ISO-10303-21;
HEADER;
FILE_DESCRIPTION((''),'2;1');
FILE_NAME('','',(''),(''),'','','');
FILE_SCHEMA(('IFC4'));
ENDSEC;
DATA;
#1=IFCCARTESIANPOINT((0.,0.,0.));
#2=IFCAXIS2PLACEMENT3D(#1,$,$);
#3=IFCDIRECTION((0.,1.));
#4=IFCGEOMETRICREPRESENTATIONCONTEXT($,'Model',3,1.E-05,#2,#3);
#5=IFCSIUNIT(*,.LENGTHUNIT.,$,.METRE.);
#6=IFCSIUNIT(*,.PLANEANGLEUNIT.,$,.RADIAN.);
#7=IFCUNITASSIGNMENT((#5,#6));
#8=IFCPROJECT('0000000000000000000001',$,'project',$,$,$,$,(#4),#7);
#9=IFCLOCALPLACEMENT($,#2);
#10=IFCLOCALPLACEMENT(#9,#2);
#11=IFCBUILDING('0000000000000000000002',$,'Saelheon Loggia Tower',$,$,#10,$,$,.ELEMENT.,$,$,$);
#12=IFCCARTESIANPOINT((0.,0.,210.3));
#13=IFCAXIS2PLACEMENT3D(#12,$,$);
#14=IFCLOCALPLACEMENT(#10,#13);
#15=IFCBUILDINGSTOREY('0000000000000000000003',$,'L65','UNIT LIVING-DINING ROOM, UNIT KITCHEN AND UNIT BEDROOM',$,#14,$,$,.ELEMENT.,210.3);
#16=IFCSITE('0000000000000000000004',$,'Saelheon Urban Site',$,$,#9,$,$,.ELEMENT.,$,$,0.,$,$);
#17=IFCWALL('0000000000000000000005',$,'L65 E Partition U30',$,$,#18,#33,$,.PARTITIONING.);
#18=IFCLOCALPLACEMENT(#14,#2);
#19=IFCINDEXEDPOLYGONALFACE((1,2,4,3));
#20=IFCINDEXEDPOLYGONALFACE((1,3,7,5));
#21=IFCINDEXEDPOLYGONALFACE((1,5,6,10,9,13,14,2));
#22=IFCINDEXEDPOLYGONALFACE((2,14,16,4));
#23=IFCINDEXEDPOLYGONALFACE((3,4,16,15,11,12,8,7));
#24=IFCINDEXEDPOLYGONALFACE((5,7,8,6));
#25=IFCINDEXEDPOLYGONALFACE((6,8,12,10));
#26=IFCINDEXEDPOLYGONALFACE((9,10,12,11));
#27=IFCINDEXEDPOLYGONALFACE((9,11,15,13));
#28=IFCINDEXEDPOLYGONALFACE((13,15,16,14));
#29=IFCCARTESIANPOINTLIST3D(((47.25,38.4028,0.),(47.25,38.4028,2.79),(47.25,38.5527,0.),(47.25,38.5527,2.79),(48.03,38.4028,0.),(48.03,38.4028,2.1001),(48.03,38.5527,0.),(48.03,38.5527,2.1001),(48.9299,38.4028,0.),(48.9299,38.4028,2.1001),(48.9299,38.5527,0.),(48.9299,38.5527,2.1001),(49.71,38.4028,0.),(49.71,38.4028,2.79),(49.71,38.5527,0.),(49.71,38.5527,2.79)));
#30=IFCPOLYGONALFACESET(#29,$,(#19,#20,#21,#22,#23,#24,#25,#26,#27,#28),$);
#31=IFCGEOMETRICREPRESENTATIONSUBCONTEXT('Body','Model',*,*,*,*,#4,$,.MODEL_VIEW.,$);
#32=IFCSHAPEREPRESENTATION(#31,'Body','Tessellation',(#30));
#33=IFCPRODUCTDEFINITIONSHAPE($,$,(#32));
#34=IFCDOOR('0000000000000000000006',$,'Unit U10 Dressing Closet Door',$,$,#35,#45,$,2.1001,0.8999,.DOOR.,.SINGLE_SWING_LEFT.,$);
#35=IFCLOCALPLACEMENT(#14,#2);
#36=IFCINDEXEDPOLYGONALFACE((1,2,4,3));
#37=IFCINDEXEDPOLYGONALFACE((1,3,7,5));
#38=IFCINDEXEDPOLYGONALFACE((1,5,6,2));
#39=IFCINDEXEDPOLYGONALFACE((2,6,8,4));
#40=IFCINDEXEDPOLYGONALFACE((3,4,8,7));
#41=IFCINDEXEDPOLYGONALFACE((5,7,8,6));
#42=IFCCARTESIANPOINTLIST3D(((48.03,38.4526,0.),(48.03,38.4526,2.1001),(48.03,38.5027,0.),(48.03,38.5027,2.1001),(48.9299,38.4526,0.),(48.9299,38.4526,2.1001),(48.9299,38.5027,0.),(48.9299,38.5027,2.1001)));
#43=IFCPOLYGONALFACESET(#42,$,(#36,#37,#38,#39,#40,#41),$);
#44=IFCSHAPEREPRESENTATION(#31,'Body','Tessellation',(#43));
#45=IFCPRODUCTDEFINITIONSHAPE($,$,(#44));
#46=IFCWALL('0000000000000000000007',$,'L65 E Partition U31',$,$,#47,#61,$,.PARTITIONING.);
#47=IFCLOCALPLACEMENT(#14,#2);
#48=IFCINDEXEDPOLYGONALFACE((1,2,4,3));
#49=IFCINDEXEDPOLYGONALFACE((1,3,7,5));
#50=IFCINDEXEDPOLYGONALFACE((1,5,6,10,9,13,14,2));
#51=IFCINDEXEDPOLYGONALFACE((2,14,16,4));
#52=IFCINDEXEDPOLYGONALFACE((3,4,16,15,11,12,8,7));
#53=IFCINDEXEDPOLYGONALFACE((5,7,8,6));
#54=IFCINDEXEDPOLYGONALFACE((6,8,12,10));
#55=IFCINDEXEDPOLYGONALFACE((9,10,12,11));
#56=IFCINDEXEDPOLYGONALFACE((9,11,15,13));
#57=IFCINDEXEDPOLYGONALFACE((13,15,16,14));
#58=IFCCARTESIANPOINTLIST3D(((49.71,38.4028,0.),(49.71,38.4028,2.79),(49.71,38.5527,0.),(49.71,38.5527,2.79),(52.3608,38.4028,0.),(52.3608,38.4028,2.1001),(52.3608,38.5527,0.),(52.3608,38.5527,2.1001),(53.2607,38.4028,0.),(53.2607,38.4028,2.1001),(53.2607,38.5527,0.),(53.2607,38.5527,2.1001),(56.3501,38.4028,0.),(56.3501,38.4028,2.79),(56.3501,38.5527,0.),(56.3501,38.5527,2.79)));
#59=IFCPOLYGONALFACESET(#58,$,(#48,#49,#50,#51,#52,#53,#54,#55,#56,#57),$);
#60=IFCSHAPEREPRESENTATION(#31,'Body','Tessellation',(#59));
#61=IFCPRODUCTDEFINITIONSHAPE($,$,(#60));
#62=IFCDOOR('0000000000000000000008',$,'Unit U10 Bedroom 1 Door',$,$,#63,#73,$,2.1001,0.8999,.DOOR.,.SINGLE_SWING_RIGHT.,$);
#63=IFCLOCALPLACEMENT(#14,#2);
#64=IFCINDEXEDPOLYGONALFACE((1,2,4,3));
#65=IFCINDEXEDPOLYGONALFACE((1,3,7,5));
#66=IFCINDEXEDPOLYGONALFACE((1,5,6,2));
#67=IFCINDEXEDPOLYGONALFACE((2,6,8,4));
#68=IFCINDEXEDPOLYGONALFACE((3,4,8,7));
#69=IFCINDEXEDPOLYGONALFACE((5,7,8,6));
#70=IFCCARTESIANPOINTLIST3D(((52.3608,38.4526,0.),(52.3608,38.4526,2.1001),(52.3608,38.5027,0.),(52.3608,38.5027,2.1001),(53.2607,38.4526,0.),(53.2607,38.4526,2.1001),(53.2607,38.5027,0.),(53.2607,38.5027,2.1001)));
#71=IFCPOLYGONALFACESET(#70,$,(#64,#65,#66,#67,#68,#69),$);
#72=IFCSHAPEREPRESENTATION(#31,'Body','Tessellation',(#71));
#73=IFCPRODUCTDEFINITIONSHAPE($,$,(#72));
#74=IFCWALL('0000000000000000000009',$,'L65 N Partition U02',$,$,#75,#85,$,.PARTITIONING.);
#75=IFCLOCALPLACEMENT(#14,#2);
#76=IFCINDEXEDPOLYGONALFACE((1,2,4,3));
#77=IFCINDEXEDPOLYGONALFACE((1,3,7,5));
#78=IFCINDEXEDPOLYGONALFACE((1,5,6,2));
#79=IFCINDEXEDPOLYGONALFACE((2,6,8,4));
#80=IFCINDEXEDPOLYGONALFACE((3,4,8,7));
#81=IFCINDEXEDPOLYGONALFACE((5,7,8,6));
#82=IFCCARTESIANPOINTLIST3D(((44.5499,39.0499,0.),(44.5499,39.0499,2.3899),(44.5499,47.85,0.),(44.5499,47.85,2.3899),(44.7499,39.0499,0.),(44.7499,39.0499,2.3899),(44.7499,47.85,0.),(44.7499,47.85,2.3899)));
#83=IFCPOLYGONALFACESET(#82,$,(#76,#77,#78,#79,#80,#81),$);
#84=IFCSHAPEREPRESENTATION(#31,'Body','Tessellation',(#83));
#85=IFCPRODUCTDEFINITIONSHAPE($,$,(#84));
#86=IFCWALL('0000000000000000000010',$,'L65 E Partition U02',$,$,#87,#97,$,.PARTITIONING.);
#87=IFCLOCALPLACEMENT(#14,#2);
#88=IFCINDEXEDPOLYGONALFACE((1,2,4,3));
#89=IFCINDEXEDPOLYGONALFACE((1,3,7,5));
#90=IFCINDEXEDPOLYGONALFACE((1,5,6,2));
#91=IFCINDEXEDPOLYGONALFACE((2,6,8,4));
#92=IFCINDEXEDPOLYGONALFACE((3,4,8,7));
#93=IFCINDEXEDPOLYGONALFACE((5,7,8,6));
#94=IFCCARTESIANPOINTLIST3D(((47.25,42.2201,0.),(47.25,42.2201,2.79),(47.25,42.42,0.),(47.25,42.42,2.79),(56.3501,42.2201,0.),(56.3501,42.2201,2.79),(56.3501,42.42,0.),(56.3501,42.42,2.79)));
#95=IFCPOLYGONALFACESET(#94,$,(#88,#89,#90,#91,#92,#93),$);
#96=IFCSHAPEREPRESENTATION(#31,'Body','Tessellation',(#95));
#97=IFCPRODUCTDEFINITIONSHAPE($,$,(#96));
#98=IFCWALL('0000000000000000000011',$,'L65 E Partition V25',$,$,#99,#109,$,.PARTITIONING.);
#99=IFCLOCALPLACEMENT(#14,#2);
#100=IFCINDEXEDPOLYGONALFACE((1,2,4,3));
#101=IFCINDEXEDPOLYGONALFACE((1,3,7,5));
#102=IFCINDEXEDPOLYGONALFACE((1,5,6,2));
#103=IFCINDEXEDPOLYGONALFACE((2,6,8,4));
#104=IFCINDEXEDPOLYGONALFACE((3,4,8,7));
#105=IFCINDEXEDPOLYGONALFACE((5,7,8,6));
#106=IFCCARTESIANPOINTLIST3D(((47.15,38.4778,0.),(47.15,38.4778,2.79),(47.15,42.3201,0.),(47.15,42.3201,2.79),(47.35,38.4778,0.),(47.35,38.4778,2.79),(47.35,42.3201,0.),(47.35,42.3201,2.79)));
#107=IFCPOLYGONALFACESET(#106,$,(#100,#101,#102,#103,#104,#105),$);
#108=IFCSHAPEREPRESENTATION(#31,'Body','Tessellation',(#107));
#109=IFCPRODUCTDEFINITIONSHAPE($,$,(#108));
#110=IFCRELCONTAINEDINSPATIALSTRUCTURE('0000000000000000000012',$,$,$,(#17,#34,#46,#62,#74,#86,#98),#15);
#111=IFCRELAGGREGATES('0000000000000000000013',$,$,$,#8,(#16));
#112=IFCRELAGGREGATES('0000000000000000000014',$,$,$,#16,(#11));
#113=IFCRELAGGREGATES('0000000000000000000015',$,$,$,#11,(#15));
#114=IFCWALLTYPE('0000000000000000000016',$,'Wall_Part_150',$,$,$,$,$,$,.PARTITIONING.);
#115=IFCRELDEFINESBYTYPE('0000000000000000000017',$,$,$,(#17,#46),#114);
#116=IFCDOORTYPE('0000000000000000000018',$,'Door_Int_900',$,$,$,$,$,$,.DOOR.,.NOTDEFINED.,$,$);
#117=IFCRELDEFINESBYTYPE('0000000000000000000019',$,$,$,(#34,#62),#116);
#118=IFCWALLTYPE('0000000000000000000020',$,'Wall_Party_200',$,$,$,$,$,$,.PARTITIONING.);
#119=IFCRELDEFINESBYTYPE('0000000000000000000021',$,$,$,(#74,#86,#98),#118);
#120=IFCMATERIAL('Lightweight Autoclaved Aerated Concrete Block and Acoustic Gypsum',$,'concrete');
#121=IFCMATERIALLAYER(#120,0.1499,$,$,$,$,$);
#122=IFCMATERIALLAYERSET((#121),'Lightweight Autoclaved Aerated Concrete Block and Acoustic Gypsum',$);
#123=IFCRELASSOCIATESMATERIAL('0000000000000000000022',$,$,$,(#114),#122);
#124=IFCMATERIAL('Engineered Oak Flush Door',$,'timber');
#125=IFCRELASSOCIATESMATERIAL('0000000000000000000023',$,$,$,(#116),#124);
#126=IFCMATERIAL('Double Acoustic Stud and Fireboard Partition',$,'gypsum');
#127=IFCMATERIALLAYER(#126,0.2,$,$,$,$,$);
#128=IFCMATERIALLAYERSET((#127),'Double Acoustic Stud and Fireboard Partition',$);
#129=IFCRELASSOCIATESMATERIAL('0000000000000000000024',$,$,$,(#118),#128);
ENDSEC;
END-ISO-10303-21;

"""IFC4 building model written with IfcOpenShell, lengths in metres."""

from ifc_helpers import new_model, si_unit, direction, frame, frame_2d, origin, place, context, subcontext, project, spatial, rectangle, extrude, source, transform, mapped, material, layer, layer_set, type_object, element, fill, save


model = new_model("IFC4")

# Units and contexts
model_context = context("Model", 3, precision=1e-05, world=origin(), true_north=direction((0.0, 1.0)))
body_context = subcontext(model_context, "Body", "Model", "MODEL_VIEW")
ifc_project = project(units=[si_unit("LENGTHUNIT", "METRE"), si_unit("PLANEANGLEUNIT", "RADIAN")], contexts=[model_context])

# Site, building, storey
site_placement = place(None, origin())
site = spatial("IfcSite", under=ifc_project, at=site_placement, Name="Saelheon Urban Site", CompositionType="ELEMENT", RefElevation=0.0)
building_placement = place(site_placement, origin())
building = spatial("IfcBuilding", under=site, at=building_placement, Name="Saelheon Loggia Tower", CompositionType="ELEMENT")
storey_placement = place(building_placement, frame((0.0, 0.0, 210.3)))
storey = spatial("IfcBuildingStorey", under=building, at=storey_placement, Name="L65", Description="UNIT LIVING-DINING ROOM, UNIT KITCHEN AND UNIT BEDROOM", CompositionType="ELEMENT", Elevation=210.3)

# Shared definitions
ifc_material_1 = material(Name="Lightweight Autoclaved Aerated Concrete Block and Acoustic Gypsum", Category="concrete")
ifc_layer_1 = layer(ifc_material_1, 0.1499)
ifc_layer_set_1 = layer_set([ifc_layer_1], Name="Lightweight Autoclaved Aerated Concrete Block and Acoustic Gypsum")
wall_type_1 = type_object("IfcWallType", Name="Wall_Part_150", PredefinedType="PARTITIONING", material=ifc_layer_set_1)
ifc_material_2 = material(Name="Engineered Oak Flush Door", Category="timber")
door_type = type_object("IfcDoorType", Name="Door_Int_900", OperationType="NOTDEFINED", PredefinedType="DOOR", material=ifc_material_2)
shared_shape_1 = source(origin(), body_context, "Body", "SweptSolid", [
    extrude(rectangle(XDim=0.8999, YDim=2.1001, at=frame_2d((0.45, 1.05))), frame((0.0, 0.0249, 0.0), z_axis=(0.0, -1.0, 0.0), x_axis=(1.0, 0.0, 0.0)), (0.0, 0.0, 1.0), 0.05),
])

# Walls, openings, doors
wall_1_placement = place(storey_placement, frame((47.25, 38.4778, 0.0), z_axis=(0.0, 0.0, 1.0), x_axis=(1.0, 0.0, 0.0)))
wall_1 = element("IfcWall", 1, at=wall_1_placement, inside=storey, type_object=wall_type_1, Name="L65 E Partition U30", PredefinedType="PARTITIONING", context=body_context, shape_type="SweptSolid", body=[
    extrude(rectangle(XDim=2.46, YDim=0.1499, at=frame_2d((1.23, 0.0))), origin(), (0.0, 0.0, 1.0), 2.79),
])
opening_1_placement = place(wall_1_placement, frame((0.78, 0.0, 0.0)))
opening_1 = element("IfcOpeningElement", 2, at=opening_1_placement, cuts=wall_1, PredefinedType="OPENING", context=body_context, shape_type="SweptSolid", body=[
    extrude(rectangle(XDim=0.8999, YDim=2.1001, at=frame_2d((0.45, 1.05))), frame((0.0, 0.0869, 0.0), z_axis=(0.0, -1.0, 0.0), x_axis=(1.0, 0.0, 0.0)), (0.0, 0.0, 1.0), 0.1738),
])
door_1_placement = place(opening_1_placement, origin())
door_1 = element("IfcDoor", 3, at=door_1_placement, inside=storey, type_object=door_type, Name="Unit U10 Dressing Closet Door", OperationType="SINGLE_SWING_LEFT", OverallHeight=2.1001, OverallWidth=0.8999, PredefinedType="DOOR", context=body_context, shape_type="MappedRepresentation", body=[
    mapped(shared_shape_1, transform((0.0, 0.0, 0.0), scale=1.0)),
])
fill(opening_1, door_1)
wall_2_placement = place(storey_placement, frame((49.71, 38.4778, 0.0), z_axis=(0.0, 0.0, 1.0), x_axis=(1.0, 0.0, 0.0)))
wall_2 = element("IfcWall", 4, at=wall_2_placement, inside=storey, type_object=wall_type_1, Name="L65 E Partition U31", PredefinedType="PARTITIONING", context=body_context, shape_type="SweptSolid", body=[
    extrude(rectangle(XDim=6.6401, YDim=0.1499, at=frame_2d((3.3201, 0.0))), origin(), (0.0, 0.0, 1.0), 2.79),
])
opening_2_placement = place(wall_2_placement, frame((2.6509, 0.0, 0.0)))
opening_2 = element("IfcOpeningElement", 5, at=opening_2_placement, cuts=wall_2, PredefinedType="OPENING", context=body_context, shape_type="SweptSolid", body=[
    extrude(rectangle(XDim=0.8999, YDim=2.1001, at=frame_2d((0.45, 1.05))), frame((0.0, 0.0869, 0.0), z_axis=(0.0, -1.0, 0.0), x_axis=(1.0, 0.0, 0.0)), (0.0, 0.0, 1.0), 0.1738),
])
door_2_placement = place(opening_2_placement, origin())
door_2 = element("IfcDoor", 6, at=door_2_placement, inside=storey, type_object=door_type, Name="Unit U10 Bedroom 1 Door", OperationType="SINGLE_SWING_RIGHT", OverallHeight=2.1001, OverallWidth=0.8999, PredefinedType="DOOR", context=body_context, shape_type="MappedRepresentation", body=[
    mapped(shared_shape_1, transform((0.0, 0.0, 0.0), scale=1.0)),
])
fill(opening_2, door_2)

# Walls
ifc_material_3 = material(Name="Double Acoustic Stud and Fireboard Partition", Category="gypsum")
ifc_layer_2 = layer(ifc_material_3, 0.2)
ifc_layer_set_2 = layer_set([ifc_layer_2], Name="Double Acoustic Stud and Fireboard Partition")
wall_type_2 = type_object("IfcWallType", Name="Wall_Party_200", PredefinedType="PARTITIONING", material=ifc_layer_set_2)
wall_3_placement = place(storey_placement, frame((44.6499, 39.05, 0.0), z_axis=(0.0, 0.0, 1.0), x_axis=(0.0, 1.0, 0.0)))
element("IfcWall", 7, at=wall_3_placement, inside=storey, type_object=wall_type_2, Name="L65 N Partition U02", PredefinedType="PARTITIONING", context=body_context, shape_type="SweptSolid", body=[
    extrude(rectangle(XDim=8.8, YDim=0.2, at=frame_2d((4.3999, 0.0))), origin(), (0.0, 0.0, 1.0), 2.3899),
])
wall_4_placement = place(storey_placement, frame((47.25, 42.3201, 0.0), z_axis=(0.0, 0.0, 1.0), x_axis=(1.0, 0.0, 0.0)))
element("IfcWall", 8, at=wall_4_placement, inside=storey, type_object=wall_type_2, Name="L65 E Partition U02", PredefinedType="PARTITIONING", context=body_context, shape_type="SweptSolid", body=[
    extrude(rectangle(XDim=9.1001, YDim=0.2, at=frame_2d((4.55, 0.0))), origin(), (0.0, 0.0, 1.0), 2.79),
])
wall_5_placement = place(storey_placement, frame((47.25, 38.4778, 0.0), z_axis=(0.0, 0.0, 1.0), x_axis=(0.0, 1.0, 0.0)))
element("IfcWall", 9, at=wall_5_placement, inside=storey, type_object=wall_type_2, Name="L65 E Partition V25", PredefinedType="PARTITIONING", context=body_context, shape_type="SweptSolid", body=[
    extrude(rectangle(XDim=3.8423, YDim=0.2, at=frame_2d((1.9211, 0.0))), origin(), (0.0, 0.0, 1.0), 2.79),
])

save(model, "model.ifc")
